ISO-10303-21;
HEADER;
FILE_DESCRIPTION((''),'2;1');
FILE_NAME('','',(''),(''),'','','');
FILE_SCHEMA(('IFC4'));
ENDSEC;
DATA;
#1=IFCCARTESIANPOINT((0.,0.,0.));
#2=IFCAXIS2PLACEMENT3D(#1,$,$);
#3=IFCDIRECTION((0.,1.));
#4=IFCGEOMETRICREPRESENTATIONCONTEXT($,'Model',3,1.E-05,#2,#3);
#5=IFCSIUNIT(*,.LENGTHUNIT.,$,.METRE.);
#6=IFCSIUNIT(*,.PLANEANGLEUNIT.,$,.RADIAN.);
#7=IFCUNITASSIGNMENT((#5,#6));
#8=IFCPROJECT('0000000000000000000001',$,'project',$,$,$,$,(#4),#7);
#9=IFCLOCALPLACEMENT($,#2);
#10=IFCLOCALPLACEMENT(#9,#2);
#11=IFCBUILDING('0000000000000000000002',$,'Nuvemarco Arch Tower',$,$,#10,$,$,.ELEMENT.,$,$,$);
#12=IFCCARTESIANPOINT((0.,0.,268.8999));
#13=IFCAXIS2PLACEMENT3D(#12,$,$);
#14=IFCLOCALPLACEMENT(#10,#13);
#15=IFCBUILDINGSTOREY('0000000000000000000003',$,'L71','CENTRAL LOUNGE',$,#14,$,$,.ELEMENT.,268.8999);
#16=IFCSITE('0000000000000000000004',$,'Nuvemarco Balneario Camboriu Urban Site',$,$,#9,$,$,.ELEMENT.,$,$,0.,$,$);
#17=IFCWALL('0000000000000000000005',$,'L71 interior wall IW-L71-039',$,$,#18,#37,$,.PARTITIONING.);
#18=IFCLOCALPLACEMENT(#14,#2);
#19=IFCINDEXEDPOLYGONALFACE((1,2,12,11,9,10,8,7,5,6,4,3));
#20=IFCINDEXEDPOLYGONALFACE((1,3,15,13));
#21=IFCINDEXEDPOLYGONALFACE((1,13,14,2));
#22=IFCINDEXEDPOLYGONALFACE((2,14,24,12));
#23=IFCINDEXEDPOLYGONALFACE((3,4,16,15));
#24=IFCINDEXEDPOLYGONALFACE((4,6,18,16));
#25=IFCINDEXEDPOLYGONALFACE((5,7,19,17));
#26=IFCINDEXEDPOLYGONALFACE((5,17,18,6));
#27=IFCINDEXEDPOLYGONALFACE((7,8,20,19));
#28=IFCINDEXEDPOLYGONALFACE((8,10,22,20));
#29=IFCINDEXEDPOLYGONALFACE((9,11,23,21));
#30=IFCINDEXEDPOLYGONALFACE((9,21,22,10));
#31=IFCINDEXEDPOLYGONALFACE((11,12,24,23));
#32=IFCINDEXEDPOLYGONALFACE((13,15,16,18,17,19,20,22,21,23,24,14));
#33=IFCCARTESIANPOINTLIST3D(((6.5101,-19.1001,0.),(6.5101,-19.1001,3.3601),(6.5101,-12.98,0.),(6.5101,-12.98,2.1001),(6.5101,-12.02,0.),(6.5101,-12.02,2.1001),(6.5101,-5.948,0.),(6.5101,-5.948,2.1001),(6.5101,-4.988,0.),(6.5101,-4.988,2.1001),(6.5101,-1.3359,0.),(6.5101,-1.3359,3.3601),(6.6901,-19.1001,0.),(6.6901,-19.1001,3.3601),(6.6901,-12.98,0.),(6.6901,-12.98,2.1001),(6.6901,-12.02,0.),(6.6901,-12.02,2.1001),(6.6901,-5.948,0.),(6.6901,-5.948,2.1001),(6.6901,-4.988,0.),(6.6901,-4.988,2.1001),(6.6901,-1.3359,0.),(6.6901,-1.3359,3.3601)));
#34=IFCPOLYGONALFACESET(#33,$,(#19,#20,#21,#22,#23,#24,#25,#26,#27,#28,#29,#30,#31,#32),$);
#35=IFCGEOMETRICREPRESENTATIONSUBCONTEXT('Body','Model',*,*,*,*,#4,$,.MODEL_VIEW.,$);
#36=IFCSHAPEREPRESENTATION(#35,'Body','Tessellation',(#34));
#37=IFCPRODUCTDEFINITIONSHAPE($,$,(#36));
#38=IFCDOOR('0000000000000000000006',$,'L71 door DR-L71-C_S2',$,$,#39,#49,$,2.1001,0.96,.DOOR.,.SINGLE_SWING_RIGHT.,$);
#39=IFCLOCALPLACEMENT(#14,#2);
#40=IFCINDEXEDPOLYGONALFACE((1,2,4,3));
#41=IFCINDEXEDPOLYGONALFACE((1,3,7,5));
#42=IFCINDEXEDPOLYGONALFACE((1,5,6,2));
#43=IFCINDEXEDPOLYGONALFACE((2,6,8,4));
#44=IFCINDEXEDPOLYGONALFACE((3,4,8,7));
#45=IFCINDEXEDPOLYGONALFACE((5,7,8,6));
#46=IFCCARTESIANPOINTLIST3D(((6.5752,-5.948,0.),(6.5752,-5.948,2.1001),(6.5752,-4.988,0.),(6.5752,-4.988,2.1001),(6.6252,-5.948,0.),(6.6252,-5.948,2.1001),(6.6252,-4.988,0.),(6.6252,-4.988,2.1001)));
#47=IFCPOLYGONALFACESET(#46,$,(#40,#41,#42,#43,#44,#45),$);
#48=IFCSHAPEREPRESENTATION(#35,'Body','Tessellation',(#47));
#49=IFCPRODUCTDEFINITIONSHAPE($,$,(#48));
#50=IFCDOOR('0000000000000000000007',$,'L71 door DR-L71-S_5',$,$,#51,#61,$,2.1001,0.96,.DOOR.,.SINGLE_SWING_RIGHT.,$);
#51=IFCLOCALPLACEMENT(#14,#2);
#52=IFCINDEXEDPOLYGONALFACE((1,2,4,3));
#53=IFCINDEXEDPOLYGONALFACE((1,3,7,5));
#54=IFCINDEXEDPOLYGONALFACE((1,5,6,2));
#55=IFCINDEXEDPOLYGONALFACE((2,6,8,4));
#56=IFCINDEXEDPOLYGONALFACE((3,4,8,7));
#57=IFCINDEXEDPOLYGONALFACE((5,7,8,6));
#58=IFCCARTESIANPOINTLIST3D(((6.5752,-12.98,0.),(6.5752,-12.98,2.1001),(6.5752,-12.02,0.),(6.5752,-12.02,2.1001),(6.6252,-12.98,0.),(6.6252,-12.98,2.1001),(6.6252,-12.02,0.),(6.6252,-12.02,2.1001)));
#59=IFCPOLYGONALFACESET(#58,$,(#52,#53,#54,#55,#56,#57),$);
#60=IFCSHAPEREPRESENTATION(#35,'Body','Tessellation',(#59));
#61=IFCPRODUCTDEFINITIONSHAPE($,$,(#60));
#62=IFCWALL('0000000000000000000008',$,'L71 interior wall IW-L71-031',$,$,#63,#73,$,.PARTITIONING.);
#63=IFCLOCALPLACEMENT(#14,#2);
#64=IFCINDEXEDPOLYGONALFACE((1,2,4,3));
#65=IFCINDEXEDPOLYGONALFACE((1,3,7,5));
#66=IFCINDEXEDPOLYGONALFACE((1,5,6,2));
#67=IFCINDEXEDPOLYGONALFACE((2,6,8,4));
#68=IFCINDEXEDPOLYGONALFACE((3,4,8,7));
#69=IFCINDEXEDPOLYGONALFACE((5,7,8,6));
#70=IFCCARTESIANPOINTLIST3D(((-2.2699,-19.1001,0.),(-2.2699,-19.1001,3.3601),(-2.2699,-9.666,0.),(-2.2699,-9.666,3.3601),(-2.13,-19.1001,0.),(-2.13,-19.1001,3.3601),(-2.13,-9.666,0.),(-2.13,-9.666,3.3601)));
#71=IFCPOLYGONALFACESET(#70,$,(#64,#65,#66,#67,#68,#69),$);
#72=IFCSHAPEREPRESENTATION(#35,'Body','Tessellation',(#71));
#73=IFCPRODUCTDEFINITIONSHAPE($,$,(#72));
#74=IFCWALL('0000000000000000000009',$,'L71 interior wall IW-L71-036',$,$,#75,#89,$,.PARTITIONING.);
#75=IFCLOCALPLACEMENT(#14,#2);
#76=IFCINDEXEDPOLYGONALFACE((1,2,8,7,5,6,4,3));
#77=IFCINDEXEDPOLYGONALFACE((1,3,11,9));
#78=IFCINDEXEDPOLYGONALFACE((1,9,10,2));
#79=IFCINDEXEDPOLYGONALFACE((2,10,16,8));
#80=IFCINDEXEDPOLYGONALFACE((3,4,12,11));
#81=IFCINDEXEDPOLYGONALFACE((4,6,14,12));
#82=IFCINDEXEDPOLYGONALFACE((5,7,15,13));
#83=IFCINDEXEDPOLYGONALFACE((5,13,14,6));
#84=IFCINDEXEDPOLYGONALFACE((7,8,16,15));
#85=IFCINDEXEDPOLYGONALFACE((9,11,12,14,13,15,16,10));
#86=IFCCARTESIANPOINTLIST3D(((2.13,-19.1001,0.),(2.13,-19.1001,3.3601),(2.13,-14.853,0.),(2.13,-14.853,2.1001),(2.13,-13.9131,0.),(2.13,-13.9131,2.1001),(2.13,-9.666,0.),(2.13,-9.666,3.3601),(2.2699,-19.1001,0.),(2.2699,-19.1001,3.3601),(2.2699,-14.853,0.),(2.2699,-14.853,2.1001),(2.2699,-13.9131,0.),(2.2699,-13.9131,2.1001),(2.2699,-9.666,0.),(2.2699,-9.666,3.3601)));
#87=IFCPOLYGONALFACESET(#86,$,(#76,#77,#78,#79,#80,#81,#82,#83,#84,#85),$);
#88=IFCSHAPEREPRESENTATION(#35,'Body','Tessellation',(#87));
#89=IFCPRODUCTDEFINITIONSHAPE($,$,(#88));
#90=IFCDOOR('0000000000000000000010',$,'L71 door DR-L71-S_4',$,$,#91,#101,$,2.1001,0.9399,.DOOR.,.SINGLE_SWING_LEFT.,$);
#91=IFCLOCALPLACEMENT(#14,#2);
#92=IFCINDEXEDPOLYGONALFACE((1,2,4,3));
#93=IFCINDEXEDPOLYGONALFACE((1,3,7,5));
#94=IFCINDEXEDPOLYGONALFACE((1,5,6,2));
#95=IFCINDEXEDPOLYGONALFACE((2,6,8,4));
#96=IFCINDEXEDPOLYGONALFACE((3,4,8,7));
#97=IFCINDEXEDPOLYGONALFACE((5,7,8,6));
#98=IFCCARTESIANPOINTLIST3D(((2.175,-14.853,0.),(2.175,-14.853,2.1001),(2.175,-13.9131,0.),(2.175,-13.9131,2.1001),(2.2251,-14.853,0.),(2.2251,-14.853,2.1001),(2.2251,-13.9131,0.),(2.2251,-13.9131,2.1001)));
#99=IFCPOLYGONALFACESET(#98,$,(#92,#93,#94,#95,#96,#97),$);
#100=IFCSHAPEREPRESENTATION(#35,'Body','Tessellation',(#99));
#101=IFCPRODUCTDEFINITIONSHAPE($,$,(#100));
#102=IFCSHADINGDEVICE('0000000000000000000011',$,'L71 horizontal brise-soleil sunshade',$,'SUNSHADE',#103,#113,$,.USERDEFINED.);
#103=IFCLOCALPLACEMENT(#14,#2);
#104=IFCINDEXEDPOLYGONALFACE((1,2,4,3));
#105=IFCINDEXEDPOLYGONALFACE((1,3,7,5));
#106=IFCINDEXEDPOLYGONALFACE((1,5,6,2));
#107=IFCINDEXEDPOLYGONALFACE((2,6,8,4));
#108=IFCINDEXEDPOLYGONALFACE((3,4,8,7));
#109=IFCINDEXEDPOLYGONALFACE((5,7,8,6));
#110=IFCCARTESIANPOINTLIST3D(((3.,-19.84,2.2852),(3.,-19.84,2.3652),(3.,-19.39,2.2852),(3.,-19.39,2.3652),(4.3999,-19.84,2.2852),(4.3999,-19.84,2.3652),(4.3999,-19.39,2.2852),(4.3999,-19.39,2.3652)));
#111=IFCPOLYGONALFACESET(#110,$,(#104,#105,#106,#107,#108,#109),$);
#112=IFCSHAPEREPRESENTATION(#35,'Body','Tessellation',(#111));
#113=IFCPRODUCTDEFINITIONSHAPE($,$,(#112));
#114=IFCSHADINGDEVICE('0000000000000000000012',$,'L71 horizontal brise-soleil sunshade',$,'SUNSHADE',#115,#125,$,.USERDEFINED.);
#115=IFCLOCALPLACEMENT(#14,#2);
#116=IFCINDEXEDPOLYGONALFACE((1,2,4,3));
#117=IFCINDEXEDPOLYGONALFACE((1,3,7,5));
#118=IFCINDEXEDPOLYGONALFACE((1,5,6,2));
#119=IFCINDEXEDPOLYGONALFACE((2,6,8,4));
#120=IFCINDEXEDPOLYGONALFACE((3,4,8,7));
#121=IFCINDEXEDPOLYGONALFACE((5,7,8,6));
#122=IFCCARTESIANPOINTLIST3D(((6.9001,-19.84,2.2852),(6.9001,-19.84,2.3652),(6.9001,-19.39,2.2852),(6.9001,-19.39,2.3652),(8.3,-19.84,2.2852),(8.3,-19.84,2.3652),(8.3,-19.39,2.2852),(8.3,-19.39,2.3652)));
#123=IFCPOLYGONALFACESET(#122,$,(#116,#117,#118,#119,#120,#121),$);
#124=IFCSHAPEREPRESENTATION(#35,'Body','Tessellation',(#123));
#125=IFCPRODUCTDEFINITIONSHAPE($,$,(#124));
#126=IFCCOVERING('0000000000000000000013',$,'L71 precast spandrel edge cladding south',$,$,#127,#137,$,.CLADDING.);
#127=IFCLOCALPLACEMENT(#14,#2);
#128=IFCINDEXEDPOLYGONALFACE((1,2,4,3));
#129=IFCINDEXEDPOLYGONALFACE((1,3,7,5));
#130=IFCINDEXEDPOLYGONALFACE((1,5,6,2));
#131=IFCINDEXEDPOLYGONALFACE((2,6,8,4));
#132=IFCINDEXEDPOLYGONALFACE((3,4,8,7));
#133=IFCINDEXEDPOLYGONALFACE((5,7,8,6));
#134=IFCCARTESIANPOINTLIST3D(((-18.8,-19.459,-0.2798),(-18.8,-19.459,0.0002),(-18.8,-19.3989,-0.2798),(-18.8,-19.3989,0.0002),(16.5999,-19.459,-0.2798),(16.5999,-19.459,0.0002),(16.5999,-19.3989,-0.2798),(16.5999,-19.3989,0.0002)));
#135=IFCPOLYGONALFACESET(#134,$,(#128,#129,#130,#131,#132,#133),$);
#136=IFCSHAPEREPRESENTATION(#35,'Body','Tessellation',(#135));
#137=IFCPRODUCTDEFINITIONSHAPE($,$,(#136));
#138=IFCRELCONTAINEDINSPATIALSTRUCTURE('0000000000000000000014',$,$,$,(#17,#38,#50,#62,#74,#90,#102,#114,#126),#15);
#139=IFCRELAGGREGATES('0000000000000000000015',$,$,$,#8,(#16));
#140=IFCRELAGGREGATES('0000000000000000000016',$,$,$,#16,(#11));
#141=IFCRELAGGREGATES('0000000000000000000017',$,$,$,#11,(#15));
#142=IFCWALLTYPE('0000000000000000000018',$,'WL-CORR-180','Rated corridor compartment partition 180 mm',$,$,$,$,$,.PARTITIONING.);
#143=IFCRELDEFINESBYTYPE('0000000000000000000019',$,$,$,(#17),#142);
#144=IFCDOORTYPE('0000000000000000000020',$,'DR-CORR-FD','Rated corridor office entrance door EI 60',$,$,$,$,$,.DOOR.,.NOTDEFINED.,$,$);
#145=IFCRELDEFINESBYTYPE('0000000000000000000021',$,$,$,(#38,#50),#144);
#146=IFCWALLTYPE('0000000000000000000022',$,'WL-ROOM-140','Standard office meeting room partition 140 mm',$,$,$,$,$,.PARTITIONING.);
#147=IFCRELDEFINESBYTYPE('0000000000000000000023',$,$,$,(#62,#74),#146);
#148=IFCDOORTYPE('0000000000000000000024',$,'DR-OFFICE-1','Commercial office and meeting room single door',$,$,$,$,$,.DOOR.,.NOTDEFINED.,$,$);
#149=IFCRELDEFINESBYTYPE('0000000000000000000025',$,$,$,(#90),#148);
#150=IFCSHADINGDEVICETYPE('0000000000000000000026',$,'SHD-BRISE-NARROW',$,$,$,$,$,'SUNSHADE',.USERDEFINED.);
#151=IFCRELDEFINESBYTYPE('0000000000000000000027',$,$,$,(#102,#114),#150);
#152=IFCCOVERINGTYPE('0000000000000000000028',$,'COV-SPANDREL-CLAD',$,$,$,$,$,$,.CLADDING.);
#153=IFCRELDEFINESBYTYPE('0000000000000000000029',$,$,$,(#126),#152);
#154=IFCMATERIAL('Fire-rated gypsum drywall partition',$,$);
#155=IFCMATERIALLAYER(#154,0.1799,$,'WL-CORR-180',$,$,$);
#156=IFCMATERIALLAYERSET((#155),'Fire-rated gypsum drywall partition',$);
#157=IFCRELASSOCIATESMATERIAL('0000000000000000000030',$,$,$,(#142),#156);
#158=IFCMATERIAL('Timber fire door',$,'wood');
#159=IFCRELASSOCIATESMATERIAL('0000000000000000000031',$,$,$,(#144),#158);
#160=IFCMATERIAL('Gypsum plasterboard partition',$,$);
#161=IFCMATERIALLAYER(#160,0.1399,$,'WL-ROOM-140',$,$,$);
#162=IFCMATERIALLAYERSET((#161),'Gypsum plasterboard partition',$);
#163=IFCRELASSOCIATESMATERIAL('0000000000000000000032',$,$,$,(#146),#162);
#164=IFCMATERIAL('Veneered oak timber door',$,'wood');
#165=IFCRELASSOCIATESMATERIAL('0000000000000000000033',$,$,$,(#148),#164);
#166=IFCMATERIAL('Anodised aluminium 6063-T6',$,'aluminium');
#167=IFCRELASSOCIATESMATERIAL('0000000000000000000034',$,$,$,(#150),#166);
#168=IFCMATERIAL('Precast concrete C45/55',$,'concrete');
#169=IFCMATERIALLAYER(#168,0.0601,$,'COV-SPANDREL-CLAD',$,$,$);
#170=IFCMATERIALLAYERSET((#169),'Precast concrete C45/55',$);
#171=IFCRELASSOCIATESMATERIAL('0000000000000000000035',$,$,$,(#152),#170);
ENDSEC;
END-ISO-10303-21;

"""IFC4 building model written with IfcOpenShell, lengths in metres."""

from ifc_helpers import new_model, si_unit, direction, frame, frame_2d, origin, origin_2d, place, context, subcontext, project, spatial, rectangle, extrude, source, transform, mapped, material, layer, layer_set, type_object, type_shapes, element, fill, save


model = new_model("IFC4")

# Units and contexts
model_context = context("Model", 3, precision=1e-05, world=origin(), true_north=direction((0.0, 1.0)))
body_context = subcontext(model_context, "Body", "Model", "MODEL_VIEW")
ifc_project = project(units=[si_unit("LENGTHUNIT", "METRE"), si_unit("PLANEANGLEUNIT", "RADIAN")], contexts=[model_context])

# Site, building, storey
site_placement = place(None, origin())
site = spatial("IfcSite", under=ifc_project, at=site_placement, Name="Nuvemarco Balneario Camboriu Urban Site", CompositionType="ELEMENT", RefElevation=0.0)
building_placement = place(site_placement, origin())
building = spatial("IfcBuilding", under=site, at=building_placement, Name="Nuvemarco Arch Tower", CompositionType="ELEMENT")
storey_placement = place(building_placement, frame((0.0, 0.0, 268.8999)))
storey = spatial("IfcBuildingStorey", under=building, at=storey_placement, Name="L71", Description="CENTRAL LOUNGE", CompositionType="ELEMENT", Elevation=268.8999)

# Shared definitions
ifc_material_1 = material(Name="Precast concrete C45/55", Category="concrete")

# Shared definitions
ifc_material_2 = material(Name="Fire-rated gypsum drywall partition")
ifc_layer_1 = layer(ifc_material_2, 0.1799, Name="WL-CORR-180")
ifc_layer_set_1 = layer_set([ifc_layer_1], Name="Fire-rated gypsum drywall partition")
wall_type_1 = type_object("IfcWallType", Name="WL-CORR-180", Description="Rated corridor compartment partition 180 mm", PredefinedType="PARTITIONING", material=ifc_layer_set_1)
ifc_material_3 = material(Name="Timber fire door", Category="wood")
door_type_1 = type_object("IfcDoorType", Name="DR-CORR-FD", Description="Rated corridor office entrance door EI 60", OperationType="NOTDEFINED", PredefinedType="DOOR", material=ifc_material_3)
shared_shape_1 = source(origin(), body_context, "Body", "SweptSolid", [
    extrude(rectangle(XDim=0.96, YDim=2.1001, at=frame_2d((0.48, 1.05))), frame((0.0, 0.0249, 0.0), z_axis=(0.0, -1.0, 0.0), x_axis=(1.0, 0.0, 0.0)), (0.0, 0.0, 1.0), 0.05),
])
type_shapes(door_type_1, [shared_shape_1])

# Wall, openings, doors
wall_1_placement = place(storey_placement, frame((6.6001, -19.1001, 0.0), z_axis=(0.0, 0.0, 1.0), x_axis=(0.0, 1.0, 0.0)))
wall_1 = element("IfcWall", 1, at=wall_1_placement, inside=storey, type_object=wall_type_1, Name="L71 interior wall IW-L71-039", PredefinedType="PARTITIONING", context=body_context, shape_type="SweptSolid", body=[
    extrude(rectangle(XDim=17.7642, YDim=0.1799, at=frame_2d((8.8821, 0.0))), origin(), (0.0, 0.0, 1.0), 3.3601),
])
opening_1_placement = place(wall_1_placement, frame((13.1521, 0.0, 0.0)))
opening_1 = element("IfcOpeningElement", 2, at=opening_1_placement, cuts=wall_1, PredefinedType="OPENING", context=body_context, shape_type="SweptSolid", body=[
    extrude(rectangle(XDim=0.96, YDim=2.1001, at=frame_2d((0.48, 1.05))), frame((0.0, 0.0999, 0.0), z_axis=(0.0, -1.0, 0.0), x_axis=(1.0, 0.0, 0.0)), (0.0, 0.0, 1.0), 0.2),
])
opening_2_placement = place(wall_1_placement, frame((6.1201, 0.0, 0.0)))
opening_2 = element("IfcOpeningElement", 3, at=opening_2_placement, cuts=wall_1, PredefinedType="OPENING", context=body_context, shape_type="SweptSolid", body=[
    extrude(rectangle(XDim=0.96, YDim=2.1001, at=frame_2d((0.48, 1.05))), frame((0.0, 0.0999, 0.0), z_axis=(0.0, -1.0, 0.0), x_axis=(1.0, 0.0, 0.0)), (0.0, 0.0, 1.0), 0.2),
])
door_1_placement = place(opening_1_placement, origin())
door_1 = element("IfcDoor", 4, at=door_1_placement, inside=storey, type_object=door_type_1, Name="L71 door DR-L71-C_S2", OperationType="SINGLE_SWING_RIGHT", OverallHeight=2.1001, OverallWidth=0.96, PredefinedType="DOOR", context=body_context, shape_type="MappedRepresentation", body=[
    mapped(shared_shape_1, transform((0.0, 0.0, 0.0), scale=1.0)),
])
fill(opening_1, door_1)
door_2_placement = place(opening_2_placement, origin())
door_2 = element("IfcDoor", 5, at=door_2_placement, inside=storey, type_object=door_type_1, Name="L71 door DR-L71-S_5", OperationType="SINGLE_SWING_RIGHT", OverallHeight=2.1001, OverallWidth=0.96, PredefinedType="DOOR", context=body_context, shape_type="MappedRepresentation", body=[
    mapped(shared_shape_1, transform((0.0, 0.0, 0.0), scale=1.0)),
])
fill(opening_2, door_2)

# Wall
ifc_material_4 = material(Name="Gypsum plasterboard partition")
ifc_layer_2 = layer(ifc_material_4, 0.1399, Name="WL-ROOM-140")
ifc_layer_set_2 = layer_set([ifc_layer_2], Name="Gypsum plasterboard partition")
wall_type_2 = type_object("IfcWallType", Name="WL-ROOM-140", Description="Standard office meeting room partition 140 mm", PredefinedType="PARTITIONING", material=ifc_layer_set_2)
wall_2_placement = place(storey_placement, frame((-2.2, -19.1001, 0.0), z_axis=(0.0, 0.0, 1.0), x_axis=(0.0, 1.0, 0.0)))
element("IfcWall", 6, at=wall_2_placement, inside=storey, type_object=wall_type_2, Name="L71 interior wall IW-L71-031", PredefinedType="PARTITIONING", context=body_context, shape_type="SweptSolid", body=[
    extrude(rectangle(XDim=9.4341, YDim=0.1399, at=frame_2d((4.717, 0.0))), origin(), (0.0, 0.0, 1.0), 3.3601),
])

# Wall, opening, door
wall_3_placement = place(storey_placement, frame((2.2, -19.1001, 0.0), z_axis=(0.0, 0.0, 1.0), x_axis=(0.0, 1.0, 0.0)))
wall_3 = element("IfcWall", 7, at=wall_3_placement, inside=storey, type_object=wall_type_2, Name="L71 interior wall IW-L71-036", PredefinedType="PARTITIONING", context=body_context, shape_type="SweptSolid", body=[
    extrude(rectangle(XDim=9.4341, YDim=0.1399, at=frame_2d((4.717, 0.0))), origin(), (0.0, 0.0, 1.0), 3.3601),
])
opening_3_placement = place(wall_3_placement, frame((4.2471, 0.0, 0.0)))
opening_3 = element("IfcOpeningElement", 8, at=opening_3_placement, cuts=wall_3, PredefinedType="OPENING", context=body_context, shape_type="SweptSolid", body=[
    extrude(rectangle(XDim=0.9399, YDim=2.1001, at=frame_2d((0.47, 1.05))), frame((0.0, 0.0798, 0.0), z_axis=(0.0, -1.0, 0.0), x_axis=(1.0, 0.0, 0.0)), (0.0, 0.0, 1.0), 0.1599),
])
ifc_material_5 = material(Name="Veneered oak timber door", Category="wood")
door_type_2 = type_object("IfcDoorType", Name="DR-OFFICE-1", Description="Commercial office and meeting room single door", OperationType="NOTDEFINED", PredefinedType="DOOR", material=ifc_material_5)
shared_shape_2 = source(origin(), body_context, "Body", "SweptSolid", [
    extrude(rectangle(XDim=0.9399, YDim=2.1001, at=frame_2d((0.47, 1.05))), frame((0.0, 0.0249, 0.0), z_axis=(0.0, -1.0, 0.0), x_axis=(1.0, 0.0, 0.0)), (0.0, 0.0, 1.0), 0.05),
])
type_shapes(door_type_2, [shared_shape_2])
door_3_placement = place(opening_3_placement, origin())
door_3 = element("IfcDoor", 9, at=door_3_placement, inside=storey, type_object=door_type_2, Name="L71 door DR-L71-S_4", OperationType="SINGLE_SWING_LEFT", OverallHeight=2.1001, OverallWidth=0.9399, PredefinedType="DOOR", context=body_context, shape_type="MappedRepresentation", body=[
    mapped(shared_shape_2, transform((0.0, 0.0, 0.0), scale=1.0)),
])
fill(opening_3, door_3)

# Shading devices
ifc_material_6 = material(Name="Anodised aluminium 6063-T6", Category="aluminium")
shading_device_type = type_object("IfcShadingDeviceType", Name="SHD-BRISE-NARROW", ElementType="SUNSHADE", PredefinedType="USERDEFINED", material=ifc_material_6)
shared_shape_3 = source(origin(), body_context, "Body", "SweptSolid", [
    extrude(rectangle(XDim=1.3999, YDim=0.45, at=origin_2d()), origin(), (0.0, 0.0, 1.0), 0.0801),
])
type_shapes(shading_device_type, [shared_shape_3])
for number, where, z_axis, x_axis, name in (
    (10, (3.7, -19.615, 2.2852), (0.0, 0.0, 1.0), (1.0, 0.0, 0.0), "L71 horizontal brise-soleil sunshade"),
    (11, (7.6001, -19.615, 2.2852), (0.0, 0.0, 1.0), (1.0, 0.0, 0.0), "L71 horizontal brise-soleil sunshade"),
):
    element("IfcShadingDevice", number, at=place(storey_placement, frame(where, z_axis=z_axis, x_axis=x_axis)), inside=storey, type_object=shading_device_type, Name=name, ObjectType="SUNSHADE", PredefinedType="USERDEFINED", context=body_context, shape_type="MappedRepresentation", body=[
        mapped(shared_shape_3, transform((0.0, 0.0, 0.0), scale=1.0)),
    ])

# Covering
ifc_layer_3 = layer(ifc_material_1, 0.0601, Name="COV-SPANDREL-CLAD")
ifc_layer_set_3 = layer_set([ifc_layer_3], Name="Precast concrete C45/55")
covering_type = type_object("IfcCoveringType", Name="COV-SPANDREL-CLAD", PredefinedType="CLADDING", material=ifc_layer_set_3)
shared_shape_4 = source(origin(), body_context, "Body", "SweptSolid", [
    extrude(rectangle(XDim=35.3999, YDim=0.0601, at=origin_2d()), origin(), (0.0, 0.0, 1.0), 0.28),
])
type_shapes(covering_type, [shared_shape_4])
covering_placement = place(storey_placement, frame((-1.1001, -19.429, -0.2798), z_axis=(0.0, 0.0, 1.0), x_axis=(1.0, 0.0, 0.0)))
element("IfcCovering", 12, at=covering_placement, inside=storey, type_object=covering_type, Name="L71 precast spandrel edge cladding south", PredefinedType="CLADDING", context=body_context, shape_type="MappedRepresentation", body=[
    mapped(shared_shape_4, transform((0.0, 0.0, 0.0), scale=1.0)),
])

save(model, "model.ifc")
